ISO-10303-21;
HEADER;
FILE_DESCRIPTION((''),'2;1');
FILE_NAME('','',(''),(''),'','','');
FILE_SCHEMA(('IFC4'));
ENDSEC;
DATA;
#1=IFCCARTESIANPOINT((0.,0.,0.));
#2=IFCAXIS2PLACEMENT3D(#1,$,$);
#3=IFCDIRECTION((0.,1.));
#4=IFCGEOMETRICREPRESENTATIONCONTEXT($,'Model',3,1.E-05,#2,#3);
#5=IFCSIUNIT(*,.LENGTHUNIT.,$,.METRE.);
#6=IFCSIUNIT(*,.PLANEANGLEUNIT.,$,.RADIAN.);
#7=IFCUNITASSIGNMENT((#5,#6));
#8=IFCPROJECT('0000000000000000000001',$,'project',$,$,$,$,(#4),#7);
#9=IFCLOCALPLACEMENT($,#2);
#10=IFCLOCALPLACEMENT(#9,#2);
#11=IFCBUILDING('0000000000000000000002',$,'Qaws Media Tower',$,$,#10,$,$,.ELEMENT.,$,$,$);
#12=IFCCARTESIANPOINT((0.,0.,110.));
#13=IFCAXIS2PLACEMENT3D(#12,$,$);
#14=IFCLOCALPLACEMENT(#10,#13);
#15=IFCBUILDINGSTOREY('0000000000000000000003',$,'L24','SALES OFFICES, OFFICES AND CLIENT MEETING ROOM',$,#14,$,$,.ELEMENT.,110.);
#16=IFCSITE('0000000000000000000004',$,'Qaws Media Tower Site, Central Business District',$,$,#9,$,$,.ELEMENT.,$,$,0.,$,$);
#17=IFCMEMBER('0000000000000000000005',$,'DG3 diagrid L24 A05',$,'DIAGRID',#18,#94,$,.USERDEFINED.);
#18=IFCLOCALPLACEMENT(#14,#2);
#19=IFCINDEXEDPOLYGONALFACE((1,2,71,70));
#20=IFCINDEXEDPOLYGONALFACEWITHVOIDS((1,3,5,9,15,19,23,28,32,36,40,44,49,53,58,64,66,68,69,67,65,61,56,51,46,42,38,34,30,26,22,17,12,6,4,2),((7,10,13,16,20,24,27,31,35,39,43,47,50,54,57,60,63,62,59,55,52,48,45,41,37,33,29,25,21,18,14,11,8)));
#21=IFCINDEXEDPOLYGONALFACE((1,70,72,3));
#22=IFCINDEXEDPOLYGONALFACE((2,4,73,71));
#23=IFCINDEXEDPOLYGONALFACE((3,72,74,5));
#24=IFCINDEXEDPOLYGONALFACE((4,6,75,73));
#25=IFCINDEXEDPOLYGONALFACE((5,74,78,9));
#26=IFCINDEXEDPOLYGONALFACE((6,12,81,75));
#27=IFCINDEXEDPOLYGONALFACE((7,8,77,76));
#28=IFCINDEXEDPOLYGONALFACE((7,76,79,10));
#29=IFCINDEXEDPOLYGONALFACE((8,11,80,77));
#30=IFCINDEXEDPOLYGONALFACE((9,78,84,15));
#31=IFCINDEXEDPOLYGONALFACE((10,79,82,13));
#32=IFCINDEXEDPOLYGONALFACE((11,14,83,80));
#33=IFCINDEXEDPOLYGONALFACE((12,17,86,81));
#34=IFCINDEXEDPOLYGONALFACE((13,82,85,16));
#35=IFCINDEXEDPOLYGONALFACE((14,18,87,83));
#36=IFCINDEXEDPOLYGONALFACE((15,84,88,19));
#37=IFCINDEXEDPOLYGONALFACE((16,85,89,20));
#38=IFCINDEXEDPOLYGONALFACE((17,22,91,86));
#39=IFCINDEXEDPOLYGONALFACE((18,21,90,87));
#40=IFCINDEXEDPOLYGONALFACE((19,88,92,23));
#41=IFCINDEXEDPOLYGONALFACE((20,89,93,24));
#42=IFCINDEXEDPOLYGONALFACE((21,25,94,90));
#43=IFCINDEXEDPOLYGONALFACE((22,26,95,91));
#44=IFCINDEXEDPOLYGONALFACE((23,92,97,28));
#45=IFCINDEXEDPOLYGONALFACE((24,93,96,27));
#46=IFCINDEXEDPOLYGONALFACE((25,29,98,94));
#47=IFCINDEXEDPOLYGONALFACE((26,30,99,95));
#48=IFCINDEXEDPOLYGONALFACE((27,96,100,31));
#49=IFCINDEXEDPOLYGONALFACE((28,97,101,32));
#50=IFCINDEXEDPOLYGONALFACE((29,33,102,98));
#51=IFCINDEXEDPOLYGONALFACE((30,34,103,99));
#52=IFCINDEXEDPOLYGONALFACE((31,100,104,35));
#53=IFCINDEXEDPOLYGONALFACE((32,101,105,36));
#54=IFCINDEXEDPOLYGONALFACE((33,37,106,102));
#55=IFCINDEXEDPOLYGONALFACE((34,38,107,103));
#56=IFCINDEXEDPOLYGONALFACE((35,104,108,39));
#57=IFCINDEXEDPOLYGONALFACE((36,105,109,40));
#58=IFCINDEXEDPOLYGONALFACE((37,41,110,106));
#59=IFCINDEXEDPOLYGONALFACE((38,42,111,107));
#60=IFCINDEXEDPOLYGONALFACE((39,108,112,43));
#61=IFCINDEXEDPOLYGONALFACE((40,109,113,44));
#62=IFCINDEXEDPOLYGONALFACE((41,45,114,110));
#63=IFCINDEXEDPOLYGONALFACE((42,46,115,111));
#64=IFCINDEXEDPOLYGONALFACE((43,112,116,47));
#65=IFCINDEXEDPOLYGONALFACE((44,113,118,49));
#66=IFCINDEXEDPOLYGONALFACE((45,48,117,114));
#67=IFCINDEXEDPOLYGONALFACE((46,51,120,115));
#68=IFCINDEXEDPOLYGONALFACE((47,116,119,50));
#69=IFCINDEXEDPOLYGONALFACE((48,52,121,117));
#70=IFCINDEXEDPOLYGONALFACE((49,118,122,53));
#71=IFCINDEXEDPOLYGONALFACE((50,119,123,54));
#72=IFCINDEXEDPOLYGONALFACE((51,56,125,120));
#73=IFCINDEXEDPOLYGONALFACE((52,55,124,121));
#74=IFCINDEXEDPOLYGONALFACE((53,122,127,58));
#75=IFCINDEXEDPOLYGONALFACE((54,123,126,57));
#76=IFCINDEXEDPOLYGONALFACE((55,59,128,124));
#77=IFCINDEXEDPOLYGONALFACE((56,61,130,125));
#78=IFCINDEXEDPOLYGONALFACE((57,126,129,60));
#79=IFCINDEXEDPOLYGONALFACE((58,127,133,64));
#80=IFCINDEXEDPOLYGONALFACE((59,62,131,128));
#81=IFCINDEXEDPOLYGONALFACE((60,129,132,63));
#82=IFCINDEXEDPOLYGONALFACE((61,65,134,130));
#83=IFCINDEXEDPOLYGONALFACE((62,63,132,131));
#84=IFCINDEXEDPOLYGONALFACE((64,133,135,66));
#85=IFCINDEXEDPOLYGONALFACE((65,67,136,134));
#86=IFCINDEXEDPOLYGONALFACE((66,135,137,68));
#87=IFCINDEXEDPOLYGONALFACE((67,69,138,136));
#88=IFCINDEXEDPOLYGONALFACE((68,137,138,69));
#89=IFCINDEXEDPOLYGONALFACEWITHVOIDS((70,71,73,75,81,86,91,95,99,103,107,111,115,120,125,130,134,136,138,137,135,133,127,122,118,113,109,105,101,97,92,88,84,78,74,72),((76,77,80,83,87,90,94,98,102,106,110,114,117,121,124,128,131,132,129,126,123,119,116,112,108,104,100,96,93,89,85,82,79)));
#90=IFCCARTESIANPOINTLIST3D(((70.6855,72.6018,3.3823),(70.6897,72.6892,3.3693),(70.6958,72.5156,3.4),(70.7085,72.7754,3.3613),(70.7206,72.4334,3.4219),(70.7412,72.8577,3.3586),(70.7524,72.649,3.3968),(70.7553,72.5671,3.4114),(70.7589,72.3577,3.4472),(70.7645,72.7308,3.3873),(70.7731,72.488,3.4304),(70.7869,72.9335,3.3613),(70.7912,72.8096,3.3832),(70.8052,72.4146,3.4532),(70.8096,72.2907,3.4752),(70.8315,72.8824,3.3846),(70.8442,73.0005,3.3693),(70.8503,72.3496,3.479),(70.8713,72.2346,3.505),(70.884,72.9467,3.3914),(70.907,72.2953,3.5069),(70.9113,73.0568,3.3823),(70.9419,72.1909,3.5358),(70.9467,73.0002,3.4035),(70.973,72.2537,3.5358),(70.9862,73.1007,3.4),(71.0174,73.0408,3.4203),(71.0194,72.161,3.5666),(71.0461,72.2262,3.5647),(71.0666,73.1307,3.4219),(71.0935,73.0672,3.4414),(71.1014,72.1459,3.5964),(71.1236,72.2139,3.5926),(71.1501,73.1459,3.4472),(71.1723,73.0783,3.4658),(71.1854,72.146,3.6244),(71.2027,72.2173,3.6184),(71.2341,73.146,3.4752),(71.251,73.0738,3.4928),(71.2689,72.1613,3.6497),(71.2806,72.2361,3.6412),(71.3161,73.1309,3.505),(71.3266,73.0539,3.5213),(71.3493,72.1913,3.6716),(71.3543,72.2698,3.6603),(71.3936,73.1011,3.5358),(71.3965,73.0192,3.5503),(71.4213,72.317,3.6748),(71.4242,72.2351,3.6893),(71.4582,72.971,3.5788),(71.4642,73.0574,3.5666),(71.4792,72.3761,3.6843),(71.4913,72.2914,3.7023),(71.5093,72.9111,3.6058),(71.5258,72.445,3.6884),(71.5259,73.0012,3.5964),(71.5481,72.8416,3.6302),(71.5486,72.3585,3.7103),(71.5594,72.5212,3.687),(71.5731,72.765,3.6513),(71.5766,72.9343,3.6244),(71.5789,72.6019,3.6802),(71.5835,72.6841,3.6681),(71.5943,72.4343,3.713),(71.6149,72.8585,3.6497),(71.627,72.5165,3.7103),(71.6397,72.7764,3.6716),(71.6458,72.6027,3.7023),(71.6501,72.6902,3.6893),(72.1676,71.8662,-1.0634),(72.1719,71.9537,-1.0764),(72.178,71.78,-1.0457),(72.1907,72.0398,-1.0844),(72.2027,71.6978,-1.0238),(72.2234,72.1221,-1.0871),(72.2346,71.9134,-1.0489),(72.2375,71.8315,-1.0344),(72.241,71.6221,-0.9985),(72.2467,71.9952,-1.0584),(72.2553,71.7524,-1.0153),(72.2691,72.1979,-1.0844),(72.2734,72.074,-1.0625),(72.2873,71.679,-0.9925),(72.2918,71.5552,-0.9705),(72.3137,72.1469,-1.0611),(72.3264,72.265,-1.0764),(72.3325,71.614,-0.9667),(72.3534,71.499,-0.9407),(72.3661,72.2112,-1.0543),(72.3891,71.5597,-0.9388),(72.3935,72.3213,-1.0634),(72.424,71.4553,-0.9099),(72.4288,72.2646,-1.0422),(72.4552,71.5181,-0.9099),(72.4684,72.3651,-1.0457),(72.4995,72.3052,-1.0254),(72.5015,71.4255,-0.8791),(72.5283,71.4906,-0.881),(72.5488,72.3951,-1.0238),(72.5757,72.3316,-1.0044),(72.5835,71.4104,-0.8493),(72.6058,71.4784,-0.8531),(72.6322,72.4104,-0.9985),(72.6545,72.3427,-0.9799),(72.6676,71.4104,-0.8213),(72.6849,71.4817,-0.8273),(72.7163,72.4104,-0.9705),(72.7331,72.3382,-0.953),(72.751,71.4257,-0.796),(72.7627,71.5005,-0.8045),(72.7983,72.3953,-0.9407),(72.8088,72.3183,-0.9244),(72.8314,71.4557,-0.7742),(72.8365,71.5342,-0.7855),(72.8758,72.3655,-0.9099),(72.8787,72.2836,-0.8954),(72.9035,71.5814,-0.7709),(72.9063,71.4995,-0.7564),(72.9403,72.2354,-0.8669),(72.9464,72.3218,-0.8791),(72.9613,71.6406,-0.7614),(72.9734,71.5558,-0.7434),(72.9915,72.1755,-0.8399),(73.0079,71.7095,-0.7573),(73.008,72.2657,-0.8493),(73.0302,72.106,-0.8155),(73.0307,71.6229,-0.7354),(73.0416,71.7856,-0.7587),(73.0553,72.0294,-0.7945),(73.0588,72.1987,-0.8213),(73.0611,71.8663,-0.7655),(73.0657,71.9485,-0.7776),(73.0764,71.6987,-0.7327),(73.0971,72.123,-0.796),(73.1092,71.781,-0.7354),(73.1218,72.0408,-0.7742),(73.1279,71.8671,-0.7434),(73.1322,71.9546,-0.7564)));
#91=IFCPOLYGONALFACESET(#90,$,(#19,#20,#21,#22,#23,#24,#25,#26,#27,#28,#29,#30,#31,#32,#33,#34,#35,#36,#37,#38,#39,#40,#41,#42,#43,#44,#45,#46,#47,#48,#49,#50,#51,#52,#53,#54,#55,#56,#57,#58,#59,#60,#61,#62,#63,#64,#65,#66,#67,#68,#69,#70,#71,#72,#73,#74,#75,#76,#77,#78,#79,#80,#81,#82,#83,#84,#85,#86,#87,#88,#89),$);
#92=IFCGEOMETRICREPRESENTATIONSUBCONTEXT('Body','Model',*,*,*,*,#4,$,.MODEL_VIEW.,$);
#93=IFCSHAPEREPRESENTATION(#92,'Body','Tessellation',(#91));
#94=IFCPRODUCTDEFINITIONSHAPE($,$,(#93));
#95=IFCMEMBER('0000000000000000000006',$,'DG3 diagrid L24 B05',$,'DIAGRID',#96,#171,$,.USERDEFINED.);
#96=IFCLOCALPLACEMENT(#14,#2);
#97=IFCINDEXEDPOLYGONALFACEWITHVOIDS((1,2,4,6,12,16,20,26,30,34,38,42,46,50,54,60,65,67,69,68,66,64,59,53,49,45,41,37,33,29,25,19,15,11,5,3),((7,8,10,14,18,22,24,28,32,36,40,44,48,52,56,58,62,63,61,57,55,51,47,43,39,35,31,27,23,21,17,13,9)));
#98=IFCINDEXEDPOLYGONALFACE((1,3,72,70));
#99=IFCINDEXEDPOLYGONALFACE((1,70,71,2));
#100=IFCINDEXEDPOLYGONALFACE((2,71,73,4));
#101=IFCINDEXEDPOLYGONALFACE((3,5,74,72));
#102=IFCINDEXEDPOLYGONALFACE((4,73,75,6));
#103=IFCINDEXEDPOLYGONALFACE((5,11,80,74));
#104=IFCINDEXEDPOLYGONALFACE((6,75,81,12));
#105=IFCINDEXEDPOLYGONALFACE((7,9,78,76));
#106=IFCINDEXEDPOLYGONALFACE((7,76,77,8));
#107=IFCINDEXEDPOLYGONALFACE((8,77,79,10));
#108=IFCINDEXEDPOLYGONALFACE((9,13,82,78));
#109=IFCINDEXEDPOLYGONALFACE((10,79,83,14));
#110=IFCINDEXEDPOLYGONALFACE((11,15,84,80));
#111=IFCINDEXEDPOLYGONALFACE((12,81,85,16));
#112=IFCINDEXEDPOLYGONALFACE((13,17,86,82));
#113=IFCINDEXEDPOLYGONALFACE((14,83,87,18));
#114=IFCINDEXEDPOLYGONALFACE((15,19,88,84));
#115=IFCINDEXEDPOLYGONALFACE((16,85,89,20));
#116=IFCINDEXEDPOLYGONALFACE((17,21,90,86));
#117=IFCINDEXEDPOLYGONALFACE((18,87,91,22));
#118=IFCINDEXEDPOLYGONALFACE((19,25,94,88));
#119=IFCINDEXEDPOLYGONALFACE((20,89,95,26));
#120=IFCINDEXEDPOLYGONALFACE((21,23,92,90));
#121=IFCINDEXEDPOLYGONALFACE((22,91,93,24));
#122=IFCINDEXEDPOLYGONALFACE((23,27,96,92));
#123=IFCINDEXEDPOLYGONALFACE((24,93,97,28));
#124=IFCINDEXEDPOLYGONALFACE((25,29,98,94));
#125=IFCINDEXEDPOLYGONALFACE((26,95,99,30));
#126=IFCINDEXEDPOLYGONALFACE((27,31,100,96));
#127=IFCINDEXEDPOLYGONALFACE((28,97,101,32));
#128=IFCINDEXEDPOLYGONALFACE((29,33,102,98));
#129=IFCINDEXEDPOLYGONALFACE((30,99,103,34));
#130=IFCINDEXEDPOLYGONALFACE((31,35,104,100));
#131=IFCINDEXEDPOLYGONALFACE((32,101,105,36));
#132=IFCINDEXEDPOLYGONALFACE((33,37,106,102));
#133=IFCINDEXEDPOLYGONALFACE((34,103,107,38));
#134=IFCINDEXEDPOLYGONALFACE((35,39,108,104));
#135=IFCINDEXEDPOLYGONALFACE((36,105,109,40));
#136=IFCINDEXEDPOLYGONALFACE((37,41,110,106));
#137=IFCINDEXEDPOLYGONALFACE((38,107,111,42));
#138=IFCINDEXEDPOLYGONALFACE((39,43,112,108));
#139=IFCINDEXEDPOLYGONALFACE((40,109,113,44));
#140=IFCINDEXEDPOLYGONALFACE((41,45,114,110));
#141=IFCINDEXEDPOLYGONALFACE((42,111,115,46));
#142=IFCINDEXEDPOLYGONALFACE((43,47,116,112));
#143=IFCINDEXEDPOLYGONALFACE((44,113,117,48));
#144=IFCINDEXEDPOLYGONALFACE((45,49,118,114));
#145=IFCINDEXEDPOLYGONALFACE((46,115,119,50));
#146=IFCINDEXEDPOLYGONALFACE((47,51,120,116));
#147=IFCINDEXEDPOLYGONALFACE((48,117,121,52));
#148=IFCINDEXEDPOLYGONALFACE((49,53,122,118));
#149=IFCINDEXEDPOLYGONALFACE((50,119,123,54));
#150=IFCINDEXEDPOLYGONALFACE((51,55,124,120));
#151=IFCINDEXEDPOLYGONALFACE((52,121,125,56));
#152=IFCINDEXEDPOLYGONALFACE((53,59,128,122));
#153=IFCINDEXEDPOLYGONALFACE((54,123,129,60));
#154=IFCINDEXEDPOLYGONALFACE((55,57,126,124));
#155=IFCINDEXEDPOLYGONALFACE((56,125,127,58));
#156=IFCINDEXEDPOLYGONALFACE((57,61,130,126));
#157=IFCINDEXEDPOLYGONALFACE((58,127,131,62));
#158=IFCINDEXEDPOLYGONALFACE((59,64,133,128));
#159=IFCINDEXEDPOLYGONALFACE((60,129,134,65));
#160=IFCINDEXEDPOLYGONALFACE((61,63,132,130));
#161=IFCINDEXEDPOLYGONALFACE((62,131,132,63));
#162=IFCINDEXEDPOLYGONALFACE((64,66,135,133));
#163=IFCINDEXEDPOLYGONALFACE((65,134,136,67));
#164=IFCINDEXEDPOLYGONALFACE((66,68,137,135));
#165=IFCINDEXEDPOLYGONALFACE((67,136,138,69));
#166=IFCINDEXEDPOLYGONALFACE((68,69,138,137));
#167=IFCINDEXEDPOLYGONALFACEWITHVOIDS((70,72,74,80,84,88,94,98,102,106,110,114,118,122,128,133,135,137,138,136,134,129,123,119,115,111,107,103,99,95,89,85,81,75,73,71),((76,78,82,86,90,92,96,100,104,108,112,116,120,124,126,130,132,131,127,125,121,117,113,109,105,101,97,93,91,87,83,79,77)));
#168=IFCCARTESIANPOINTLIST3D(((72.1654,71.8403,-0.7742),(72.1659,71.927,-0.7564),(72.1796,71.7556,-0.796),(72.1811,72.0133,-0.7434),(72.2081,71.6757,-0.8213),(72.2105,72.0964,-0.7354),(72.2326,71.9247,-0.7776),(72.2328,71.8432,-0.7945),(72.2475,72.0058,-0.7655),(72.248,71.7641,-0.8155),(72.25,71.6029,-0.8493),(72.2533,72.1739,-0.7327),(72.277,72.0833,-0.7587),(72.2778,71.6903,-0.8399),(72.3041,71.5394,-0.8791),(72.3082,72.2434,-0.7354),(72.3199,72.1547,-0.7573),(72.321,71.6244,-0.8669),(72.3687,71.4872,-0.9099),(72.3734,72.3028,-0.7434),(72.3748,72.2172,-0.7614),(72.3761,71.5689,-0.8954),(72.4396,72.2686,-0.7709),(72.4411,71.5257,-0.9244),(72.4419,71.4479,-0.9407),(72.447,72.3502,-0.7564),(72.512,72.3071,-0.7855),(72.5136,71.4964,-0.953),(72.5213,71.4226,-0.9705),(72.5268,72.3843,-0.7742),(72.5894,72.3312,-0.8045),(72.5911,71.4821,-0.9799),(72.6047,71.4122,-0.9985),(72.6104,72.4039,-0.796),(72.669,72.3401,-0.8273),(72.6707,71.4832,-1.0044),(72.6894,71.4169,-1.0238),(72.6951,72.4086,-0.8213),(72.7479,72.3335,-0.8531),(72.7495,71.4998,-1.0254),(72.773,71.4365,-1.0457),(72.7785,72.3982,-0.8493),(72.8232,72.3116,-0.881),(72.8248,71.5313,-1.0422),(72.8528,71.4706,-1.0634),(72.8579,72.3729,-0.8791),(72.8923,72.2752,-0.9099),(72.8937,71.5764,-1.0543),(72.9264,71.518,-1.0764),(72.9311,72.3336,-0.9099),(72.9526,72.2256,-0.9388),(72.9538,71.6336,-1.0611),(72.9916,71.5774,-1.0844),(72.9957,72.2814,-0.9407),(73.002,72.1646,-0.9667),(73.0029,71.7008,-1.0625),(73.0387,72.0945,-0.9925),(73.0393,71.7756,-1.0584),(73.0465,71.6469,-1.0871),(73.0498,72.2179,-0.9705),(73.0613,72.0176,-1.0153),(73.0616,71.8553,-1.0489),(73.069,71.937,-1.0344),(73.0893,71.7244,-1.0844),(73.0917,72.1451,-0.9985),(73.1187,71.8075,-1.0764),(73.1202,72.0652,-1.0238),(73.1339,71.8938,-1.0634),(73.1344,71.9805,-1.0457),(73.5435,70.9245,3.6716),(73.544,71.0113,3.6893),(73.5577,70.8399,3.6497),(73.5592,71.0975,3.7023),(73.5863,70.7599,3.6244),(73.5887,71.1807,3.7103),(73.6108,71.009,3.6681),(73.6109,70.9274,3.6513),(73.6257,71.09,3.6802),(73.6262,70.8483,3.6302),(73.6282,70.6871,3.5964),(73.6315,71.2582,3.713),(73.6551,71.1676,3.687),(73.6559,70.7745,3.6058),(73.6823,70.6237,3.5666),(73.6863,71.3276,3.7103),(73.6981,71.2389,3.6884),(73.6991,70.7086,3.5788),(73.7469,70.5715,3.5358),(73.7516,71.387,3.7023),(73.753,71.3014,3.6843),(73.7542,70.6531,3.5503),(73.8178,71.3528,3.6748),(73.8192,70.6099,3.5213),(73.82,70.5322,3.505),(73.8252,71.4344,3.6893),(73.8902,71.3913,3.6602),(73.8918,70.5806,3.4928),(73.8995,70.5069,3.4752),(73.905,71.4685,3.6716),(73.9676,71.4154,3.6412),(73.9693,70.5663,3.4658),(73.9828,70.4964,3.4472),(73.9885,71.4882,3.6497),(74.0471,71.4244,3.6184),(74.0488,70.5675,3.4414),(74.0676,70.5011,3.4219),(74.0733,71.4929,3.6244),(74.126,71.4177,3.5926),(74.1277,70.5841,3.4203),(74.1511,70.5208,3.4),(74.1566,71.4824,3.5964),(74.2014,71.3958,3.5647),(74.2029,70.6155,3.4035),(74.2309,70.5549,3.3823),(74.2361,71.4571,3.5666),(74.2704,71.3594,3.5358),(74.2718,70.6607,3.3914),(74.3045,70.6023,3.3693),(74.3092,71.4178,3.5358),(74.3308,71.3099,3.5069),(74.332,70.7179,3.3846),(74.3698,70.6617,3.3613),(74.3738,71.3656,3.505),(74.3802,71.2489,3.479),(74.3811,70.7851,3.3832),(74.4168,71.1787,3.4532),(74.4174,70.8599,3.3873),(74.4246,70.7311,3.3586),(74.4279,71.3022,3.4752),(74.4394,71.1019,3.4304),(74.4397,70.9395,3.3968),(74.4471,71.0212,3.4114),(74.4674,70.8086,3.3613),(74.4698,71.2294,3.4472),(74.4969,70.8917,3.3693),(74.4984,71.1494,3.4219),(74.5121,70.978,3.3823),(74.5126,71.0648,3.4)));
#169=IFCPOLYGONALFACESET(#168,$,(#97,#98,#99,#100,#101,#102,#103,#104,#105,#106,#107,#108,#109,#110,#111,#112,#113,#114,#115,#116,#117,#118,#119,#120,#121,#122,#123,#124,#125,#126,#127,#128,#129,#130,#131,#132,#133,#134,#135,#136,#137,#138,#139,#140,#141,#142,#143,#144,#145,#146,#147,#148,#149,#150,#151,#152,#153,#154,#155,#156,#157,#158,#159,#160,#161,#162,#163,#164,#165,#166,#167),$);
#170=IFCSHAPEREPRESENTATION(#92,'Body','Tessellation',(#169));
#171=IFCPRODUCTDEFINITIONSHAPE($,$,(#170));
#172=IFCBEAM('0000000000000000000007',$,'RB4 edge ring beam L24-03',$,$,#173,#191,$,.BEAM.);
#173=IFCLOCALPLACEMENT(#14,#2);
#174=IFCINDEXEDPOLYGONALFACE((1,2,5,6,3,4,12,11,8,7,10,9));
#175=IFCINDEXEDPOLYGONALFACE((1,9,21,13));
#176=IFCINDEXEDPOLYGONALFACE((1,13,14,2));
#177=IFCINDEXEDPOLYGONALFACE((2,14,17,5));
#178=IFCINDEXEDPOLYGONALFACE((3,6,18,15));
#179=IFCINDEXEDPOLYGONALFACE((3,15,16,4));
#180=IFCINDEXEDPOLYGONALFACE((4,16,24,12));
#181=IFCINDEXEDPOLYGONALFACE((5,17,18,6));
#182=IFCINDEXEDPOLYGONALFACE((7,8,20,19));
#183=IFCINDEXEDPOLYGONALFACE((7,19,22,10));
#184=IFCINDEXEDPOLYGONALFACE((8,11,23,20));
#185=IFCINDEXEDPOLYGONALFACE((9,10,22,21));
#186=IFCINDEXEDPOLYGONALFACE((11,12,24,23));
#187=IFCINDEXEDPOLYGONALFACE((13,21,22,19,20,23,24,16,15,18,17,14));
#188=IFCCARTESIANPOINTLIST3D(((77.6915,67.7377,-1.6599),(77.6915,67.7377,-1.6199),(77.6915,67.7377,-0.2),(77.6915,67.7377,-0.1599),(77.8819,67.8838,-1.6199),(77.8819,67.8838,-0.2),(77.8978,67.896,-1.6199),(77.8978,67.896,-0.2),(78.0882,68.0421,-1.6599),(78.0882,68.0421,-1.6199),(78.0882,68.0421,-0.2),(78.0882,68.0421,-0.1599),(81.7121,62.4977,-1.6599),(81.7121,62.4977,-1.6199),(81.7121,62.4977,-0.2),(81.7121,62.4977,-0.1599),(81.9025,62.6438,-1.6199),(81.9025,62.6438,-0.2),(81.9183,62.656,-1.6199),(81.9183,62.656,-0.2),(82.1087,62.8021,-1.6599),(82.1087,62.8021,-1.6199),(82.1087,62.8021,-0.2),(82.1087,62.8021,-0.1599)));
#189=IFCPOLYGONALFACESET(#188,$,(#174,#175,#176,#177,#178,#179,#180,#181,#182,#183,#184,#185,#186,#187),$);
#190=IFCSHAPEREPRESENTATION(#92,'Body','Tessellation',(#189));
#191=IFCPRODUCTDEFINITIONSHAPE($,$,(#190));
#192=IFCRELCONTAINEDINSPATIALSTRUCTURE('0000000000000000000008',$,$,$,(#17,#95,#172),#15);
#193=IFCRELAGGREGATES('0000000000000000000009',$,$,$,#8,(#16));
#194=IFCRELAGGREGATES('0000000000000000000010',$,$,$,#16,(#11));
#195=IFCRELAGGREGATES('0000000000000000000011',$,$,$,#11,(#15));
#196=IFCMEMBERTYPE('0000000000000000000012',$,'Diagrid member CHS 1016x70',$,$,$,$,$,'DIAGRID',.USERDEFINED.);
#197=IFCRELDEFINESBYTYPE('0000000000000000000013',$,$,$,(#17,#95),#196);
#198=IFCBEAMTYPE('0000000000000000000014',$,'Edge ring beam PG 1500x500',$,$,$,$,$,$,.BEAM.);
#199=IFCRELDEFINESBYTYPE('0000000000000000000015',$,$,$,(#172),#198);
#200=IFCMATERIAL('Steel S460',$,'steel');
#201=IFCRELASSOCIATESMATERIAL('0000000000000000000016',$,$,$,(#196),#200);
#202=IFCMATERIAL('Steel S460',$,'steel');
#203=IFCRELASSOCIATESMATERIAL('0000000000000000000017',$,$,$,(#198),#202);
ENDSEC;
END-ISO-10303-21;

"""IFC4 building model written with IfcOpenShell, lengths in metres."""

from ifc_helpers import new_model, si_unit, direction, frame, origin, origin_2d, place, context, subcontext, project, spatial, hollow_circle, i_section, extrude, material, material_profile, profile_set, type_object, element, save


model = new_model("IFC4")

# Units and contexts
model_context = context("Model", 3, precision=1e-05, world=origin(), true_north=direction((0.0, 1.0)))
body_context = subcontext(model_context, "Body", "Model", "MODEL_VIEW")
ifc_project = project(units=[si_unit("LENGTHUNIT", "METRE"), si_unit("PLANEANGLEUNIT", "RADIAN")], contexts=[model_context])

# Site, building, storey
site_placement = place(None, origin())
site = spatial("IfcSite", under=ifc_project, at=site_placement, Name="Qaws Media Tower Site, Central Business District", CompositionType="ELEMENT", RefElevation=0.0)
building_placement = place(site_placement, origin())
building = spatial("IfcBuilding", under=site, at=building_placement, Name="Qaws Media Tower", CompositionType="ELEMENT")
storey_placement = place(building_placement, frame((0.0, 0.0, 110.0)))
storey = spatial("IfcBuildingStorey", under=building, at=storey_placement, Name="L24", Description="SALES OFFICES, OFFICES AND CLIENT MEETING ROOM", CompositionType="ELEMENT", Elevation=110.0)

# Members
ifc_material_1 = material(Name="Steel S460", Category="steel")
ifc_material_profile_1 = material_profile(ifc_material_1, hollow_circle(Radius=0.5081, WallThickness=0.0701, at=origin_2d()), Name="CHS 1016x70")
ifc_profile_set_1 = profile_set([ifc_material_profile_1], Name="Steel S460")
member_type_1 = type_object("IfcMemberType", Name="Diagrid member CHS 1016x70", ElementType="DIAGRID", PredefinedType="USERDEFINED", material=ifc_profile_set_1)
for number, where, z_axis, x_axis, name in (
    (1, (72.6499, 71.9104, -0.9099), (-0.312449, 0.155067, 0.937193), (-0.444556, -0.895751, 0.0), "DG3 diagrid L24 A05"),
    (2, (72.6499, 71.9104, -0.9099), (0.290524, -0.193048, 0.937192), (0.55344, 0.832889, 0.0), "DG3 diagrid L24 B05"),
):
    element("IfcMember", number, at=place(storey_placement, frame(where, z_axis=z_axis, x_axis=x_axis)), inside=storey, type_object=member_type_1, Name=name, ObjectType="DIAGRID", PredefinedType="USERDEFINED", context=body_context, shape_type="SweptSolid", body=[
        extrude(hollow_circle(Radius=0.5081, WallThickness=0.0701, at=origin_2d()), origin(), (0.0, 0.0, 1.0), 4.7437),
    ])

# Beam
ifc_material_2 = material(Name="Steel S460", Category="steel")
ifc_material_profile_2 = material_profile(ifc_material_2, i_section(OverallWidth=0.5, OverallDepth=1.5, WebThickness=0.02, FlangeThickness=0.04, at=origin_2d()), Name="PG 1500x500")
ifc_profile_set_2 = profile_set([ifc_material_profile_2], Name="Steel S460")
beam_type = type_object("IfcBeamType", Name="Edge ring beam PG 1500x500", PredefinedType="BEAM", material=ifc_profile_set_2)
for number, where, z_axis, x_axis, name in (
    (3, (81.9104, 62.6499, -0.9099), (-0.608735, 0.793374, 0.0), (-0.793374, -0.608735, 0.0), "RB4 edge ring beam L24-03"),
):
    element("IfcBeam", number, at=place(storey_placement, frame(where, z_axis=z_axis, x_axis=x_axis)), inside=storey, type_object=beam_type, Name=name, PredefinedType="BEAM", context=body_context, shape_type="SweptSolid", body=[
        extrude(i_section(OverallWidth=0.5, OverallDepth=1.5, WebThickness=0.02, FlangeThickness=0.04, at=origin_2d()), origin(), (0.0, 0.0, 1.0), 6.6047),
    ])

save(model, "model.ifc")
